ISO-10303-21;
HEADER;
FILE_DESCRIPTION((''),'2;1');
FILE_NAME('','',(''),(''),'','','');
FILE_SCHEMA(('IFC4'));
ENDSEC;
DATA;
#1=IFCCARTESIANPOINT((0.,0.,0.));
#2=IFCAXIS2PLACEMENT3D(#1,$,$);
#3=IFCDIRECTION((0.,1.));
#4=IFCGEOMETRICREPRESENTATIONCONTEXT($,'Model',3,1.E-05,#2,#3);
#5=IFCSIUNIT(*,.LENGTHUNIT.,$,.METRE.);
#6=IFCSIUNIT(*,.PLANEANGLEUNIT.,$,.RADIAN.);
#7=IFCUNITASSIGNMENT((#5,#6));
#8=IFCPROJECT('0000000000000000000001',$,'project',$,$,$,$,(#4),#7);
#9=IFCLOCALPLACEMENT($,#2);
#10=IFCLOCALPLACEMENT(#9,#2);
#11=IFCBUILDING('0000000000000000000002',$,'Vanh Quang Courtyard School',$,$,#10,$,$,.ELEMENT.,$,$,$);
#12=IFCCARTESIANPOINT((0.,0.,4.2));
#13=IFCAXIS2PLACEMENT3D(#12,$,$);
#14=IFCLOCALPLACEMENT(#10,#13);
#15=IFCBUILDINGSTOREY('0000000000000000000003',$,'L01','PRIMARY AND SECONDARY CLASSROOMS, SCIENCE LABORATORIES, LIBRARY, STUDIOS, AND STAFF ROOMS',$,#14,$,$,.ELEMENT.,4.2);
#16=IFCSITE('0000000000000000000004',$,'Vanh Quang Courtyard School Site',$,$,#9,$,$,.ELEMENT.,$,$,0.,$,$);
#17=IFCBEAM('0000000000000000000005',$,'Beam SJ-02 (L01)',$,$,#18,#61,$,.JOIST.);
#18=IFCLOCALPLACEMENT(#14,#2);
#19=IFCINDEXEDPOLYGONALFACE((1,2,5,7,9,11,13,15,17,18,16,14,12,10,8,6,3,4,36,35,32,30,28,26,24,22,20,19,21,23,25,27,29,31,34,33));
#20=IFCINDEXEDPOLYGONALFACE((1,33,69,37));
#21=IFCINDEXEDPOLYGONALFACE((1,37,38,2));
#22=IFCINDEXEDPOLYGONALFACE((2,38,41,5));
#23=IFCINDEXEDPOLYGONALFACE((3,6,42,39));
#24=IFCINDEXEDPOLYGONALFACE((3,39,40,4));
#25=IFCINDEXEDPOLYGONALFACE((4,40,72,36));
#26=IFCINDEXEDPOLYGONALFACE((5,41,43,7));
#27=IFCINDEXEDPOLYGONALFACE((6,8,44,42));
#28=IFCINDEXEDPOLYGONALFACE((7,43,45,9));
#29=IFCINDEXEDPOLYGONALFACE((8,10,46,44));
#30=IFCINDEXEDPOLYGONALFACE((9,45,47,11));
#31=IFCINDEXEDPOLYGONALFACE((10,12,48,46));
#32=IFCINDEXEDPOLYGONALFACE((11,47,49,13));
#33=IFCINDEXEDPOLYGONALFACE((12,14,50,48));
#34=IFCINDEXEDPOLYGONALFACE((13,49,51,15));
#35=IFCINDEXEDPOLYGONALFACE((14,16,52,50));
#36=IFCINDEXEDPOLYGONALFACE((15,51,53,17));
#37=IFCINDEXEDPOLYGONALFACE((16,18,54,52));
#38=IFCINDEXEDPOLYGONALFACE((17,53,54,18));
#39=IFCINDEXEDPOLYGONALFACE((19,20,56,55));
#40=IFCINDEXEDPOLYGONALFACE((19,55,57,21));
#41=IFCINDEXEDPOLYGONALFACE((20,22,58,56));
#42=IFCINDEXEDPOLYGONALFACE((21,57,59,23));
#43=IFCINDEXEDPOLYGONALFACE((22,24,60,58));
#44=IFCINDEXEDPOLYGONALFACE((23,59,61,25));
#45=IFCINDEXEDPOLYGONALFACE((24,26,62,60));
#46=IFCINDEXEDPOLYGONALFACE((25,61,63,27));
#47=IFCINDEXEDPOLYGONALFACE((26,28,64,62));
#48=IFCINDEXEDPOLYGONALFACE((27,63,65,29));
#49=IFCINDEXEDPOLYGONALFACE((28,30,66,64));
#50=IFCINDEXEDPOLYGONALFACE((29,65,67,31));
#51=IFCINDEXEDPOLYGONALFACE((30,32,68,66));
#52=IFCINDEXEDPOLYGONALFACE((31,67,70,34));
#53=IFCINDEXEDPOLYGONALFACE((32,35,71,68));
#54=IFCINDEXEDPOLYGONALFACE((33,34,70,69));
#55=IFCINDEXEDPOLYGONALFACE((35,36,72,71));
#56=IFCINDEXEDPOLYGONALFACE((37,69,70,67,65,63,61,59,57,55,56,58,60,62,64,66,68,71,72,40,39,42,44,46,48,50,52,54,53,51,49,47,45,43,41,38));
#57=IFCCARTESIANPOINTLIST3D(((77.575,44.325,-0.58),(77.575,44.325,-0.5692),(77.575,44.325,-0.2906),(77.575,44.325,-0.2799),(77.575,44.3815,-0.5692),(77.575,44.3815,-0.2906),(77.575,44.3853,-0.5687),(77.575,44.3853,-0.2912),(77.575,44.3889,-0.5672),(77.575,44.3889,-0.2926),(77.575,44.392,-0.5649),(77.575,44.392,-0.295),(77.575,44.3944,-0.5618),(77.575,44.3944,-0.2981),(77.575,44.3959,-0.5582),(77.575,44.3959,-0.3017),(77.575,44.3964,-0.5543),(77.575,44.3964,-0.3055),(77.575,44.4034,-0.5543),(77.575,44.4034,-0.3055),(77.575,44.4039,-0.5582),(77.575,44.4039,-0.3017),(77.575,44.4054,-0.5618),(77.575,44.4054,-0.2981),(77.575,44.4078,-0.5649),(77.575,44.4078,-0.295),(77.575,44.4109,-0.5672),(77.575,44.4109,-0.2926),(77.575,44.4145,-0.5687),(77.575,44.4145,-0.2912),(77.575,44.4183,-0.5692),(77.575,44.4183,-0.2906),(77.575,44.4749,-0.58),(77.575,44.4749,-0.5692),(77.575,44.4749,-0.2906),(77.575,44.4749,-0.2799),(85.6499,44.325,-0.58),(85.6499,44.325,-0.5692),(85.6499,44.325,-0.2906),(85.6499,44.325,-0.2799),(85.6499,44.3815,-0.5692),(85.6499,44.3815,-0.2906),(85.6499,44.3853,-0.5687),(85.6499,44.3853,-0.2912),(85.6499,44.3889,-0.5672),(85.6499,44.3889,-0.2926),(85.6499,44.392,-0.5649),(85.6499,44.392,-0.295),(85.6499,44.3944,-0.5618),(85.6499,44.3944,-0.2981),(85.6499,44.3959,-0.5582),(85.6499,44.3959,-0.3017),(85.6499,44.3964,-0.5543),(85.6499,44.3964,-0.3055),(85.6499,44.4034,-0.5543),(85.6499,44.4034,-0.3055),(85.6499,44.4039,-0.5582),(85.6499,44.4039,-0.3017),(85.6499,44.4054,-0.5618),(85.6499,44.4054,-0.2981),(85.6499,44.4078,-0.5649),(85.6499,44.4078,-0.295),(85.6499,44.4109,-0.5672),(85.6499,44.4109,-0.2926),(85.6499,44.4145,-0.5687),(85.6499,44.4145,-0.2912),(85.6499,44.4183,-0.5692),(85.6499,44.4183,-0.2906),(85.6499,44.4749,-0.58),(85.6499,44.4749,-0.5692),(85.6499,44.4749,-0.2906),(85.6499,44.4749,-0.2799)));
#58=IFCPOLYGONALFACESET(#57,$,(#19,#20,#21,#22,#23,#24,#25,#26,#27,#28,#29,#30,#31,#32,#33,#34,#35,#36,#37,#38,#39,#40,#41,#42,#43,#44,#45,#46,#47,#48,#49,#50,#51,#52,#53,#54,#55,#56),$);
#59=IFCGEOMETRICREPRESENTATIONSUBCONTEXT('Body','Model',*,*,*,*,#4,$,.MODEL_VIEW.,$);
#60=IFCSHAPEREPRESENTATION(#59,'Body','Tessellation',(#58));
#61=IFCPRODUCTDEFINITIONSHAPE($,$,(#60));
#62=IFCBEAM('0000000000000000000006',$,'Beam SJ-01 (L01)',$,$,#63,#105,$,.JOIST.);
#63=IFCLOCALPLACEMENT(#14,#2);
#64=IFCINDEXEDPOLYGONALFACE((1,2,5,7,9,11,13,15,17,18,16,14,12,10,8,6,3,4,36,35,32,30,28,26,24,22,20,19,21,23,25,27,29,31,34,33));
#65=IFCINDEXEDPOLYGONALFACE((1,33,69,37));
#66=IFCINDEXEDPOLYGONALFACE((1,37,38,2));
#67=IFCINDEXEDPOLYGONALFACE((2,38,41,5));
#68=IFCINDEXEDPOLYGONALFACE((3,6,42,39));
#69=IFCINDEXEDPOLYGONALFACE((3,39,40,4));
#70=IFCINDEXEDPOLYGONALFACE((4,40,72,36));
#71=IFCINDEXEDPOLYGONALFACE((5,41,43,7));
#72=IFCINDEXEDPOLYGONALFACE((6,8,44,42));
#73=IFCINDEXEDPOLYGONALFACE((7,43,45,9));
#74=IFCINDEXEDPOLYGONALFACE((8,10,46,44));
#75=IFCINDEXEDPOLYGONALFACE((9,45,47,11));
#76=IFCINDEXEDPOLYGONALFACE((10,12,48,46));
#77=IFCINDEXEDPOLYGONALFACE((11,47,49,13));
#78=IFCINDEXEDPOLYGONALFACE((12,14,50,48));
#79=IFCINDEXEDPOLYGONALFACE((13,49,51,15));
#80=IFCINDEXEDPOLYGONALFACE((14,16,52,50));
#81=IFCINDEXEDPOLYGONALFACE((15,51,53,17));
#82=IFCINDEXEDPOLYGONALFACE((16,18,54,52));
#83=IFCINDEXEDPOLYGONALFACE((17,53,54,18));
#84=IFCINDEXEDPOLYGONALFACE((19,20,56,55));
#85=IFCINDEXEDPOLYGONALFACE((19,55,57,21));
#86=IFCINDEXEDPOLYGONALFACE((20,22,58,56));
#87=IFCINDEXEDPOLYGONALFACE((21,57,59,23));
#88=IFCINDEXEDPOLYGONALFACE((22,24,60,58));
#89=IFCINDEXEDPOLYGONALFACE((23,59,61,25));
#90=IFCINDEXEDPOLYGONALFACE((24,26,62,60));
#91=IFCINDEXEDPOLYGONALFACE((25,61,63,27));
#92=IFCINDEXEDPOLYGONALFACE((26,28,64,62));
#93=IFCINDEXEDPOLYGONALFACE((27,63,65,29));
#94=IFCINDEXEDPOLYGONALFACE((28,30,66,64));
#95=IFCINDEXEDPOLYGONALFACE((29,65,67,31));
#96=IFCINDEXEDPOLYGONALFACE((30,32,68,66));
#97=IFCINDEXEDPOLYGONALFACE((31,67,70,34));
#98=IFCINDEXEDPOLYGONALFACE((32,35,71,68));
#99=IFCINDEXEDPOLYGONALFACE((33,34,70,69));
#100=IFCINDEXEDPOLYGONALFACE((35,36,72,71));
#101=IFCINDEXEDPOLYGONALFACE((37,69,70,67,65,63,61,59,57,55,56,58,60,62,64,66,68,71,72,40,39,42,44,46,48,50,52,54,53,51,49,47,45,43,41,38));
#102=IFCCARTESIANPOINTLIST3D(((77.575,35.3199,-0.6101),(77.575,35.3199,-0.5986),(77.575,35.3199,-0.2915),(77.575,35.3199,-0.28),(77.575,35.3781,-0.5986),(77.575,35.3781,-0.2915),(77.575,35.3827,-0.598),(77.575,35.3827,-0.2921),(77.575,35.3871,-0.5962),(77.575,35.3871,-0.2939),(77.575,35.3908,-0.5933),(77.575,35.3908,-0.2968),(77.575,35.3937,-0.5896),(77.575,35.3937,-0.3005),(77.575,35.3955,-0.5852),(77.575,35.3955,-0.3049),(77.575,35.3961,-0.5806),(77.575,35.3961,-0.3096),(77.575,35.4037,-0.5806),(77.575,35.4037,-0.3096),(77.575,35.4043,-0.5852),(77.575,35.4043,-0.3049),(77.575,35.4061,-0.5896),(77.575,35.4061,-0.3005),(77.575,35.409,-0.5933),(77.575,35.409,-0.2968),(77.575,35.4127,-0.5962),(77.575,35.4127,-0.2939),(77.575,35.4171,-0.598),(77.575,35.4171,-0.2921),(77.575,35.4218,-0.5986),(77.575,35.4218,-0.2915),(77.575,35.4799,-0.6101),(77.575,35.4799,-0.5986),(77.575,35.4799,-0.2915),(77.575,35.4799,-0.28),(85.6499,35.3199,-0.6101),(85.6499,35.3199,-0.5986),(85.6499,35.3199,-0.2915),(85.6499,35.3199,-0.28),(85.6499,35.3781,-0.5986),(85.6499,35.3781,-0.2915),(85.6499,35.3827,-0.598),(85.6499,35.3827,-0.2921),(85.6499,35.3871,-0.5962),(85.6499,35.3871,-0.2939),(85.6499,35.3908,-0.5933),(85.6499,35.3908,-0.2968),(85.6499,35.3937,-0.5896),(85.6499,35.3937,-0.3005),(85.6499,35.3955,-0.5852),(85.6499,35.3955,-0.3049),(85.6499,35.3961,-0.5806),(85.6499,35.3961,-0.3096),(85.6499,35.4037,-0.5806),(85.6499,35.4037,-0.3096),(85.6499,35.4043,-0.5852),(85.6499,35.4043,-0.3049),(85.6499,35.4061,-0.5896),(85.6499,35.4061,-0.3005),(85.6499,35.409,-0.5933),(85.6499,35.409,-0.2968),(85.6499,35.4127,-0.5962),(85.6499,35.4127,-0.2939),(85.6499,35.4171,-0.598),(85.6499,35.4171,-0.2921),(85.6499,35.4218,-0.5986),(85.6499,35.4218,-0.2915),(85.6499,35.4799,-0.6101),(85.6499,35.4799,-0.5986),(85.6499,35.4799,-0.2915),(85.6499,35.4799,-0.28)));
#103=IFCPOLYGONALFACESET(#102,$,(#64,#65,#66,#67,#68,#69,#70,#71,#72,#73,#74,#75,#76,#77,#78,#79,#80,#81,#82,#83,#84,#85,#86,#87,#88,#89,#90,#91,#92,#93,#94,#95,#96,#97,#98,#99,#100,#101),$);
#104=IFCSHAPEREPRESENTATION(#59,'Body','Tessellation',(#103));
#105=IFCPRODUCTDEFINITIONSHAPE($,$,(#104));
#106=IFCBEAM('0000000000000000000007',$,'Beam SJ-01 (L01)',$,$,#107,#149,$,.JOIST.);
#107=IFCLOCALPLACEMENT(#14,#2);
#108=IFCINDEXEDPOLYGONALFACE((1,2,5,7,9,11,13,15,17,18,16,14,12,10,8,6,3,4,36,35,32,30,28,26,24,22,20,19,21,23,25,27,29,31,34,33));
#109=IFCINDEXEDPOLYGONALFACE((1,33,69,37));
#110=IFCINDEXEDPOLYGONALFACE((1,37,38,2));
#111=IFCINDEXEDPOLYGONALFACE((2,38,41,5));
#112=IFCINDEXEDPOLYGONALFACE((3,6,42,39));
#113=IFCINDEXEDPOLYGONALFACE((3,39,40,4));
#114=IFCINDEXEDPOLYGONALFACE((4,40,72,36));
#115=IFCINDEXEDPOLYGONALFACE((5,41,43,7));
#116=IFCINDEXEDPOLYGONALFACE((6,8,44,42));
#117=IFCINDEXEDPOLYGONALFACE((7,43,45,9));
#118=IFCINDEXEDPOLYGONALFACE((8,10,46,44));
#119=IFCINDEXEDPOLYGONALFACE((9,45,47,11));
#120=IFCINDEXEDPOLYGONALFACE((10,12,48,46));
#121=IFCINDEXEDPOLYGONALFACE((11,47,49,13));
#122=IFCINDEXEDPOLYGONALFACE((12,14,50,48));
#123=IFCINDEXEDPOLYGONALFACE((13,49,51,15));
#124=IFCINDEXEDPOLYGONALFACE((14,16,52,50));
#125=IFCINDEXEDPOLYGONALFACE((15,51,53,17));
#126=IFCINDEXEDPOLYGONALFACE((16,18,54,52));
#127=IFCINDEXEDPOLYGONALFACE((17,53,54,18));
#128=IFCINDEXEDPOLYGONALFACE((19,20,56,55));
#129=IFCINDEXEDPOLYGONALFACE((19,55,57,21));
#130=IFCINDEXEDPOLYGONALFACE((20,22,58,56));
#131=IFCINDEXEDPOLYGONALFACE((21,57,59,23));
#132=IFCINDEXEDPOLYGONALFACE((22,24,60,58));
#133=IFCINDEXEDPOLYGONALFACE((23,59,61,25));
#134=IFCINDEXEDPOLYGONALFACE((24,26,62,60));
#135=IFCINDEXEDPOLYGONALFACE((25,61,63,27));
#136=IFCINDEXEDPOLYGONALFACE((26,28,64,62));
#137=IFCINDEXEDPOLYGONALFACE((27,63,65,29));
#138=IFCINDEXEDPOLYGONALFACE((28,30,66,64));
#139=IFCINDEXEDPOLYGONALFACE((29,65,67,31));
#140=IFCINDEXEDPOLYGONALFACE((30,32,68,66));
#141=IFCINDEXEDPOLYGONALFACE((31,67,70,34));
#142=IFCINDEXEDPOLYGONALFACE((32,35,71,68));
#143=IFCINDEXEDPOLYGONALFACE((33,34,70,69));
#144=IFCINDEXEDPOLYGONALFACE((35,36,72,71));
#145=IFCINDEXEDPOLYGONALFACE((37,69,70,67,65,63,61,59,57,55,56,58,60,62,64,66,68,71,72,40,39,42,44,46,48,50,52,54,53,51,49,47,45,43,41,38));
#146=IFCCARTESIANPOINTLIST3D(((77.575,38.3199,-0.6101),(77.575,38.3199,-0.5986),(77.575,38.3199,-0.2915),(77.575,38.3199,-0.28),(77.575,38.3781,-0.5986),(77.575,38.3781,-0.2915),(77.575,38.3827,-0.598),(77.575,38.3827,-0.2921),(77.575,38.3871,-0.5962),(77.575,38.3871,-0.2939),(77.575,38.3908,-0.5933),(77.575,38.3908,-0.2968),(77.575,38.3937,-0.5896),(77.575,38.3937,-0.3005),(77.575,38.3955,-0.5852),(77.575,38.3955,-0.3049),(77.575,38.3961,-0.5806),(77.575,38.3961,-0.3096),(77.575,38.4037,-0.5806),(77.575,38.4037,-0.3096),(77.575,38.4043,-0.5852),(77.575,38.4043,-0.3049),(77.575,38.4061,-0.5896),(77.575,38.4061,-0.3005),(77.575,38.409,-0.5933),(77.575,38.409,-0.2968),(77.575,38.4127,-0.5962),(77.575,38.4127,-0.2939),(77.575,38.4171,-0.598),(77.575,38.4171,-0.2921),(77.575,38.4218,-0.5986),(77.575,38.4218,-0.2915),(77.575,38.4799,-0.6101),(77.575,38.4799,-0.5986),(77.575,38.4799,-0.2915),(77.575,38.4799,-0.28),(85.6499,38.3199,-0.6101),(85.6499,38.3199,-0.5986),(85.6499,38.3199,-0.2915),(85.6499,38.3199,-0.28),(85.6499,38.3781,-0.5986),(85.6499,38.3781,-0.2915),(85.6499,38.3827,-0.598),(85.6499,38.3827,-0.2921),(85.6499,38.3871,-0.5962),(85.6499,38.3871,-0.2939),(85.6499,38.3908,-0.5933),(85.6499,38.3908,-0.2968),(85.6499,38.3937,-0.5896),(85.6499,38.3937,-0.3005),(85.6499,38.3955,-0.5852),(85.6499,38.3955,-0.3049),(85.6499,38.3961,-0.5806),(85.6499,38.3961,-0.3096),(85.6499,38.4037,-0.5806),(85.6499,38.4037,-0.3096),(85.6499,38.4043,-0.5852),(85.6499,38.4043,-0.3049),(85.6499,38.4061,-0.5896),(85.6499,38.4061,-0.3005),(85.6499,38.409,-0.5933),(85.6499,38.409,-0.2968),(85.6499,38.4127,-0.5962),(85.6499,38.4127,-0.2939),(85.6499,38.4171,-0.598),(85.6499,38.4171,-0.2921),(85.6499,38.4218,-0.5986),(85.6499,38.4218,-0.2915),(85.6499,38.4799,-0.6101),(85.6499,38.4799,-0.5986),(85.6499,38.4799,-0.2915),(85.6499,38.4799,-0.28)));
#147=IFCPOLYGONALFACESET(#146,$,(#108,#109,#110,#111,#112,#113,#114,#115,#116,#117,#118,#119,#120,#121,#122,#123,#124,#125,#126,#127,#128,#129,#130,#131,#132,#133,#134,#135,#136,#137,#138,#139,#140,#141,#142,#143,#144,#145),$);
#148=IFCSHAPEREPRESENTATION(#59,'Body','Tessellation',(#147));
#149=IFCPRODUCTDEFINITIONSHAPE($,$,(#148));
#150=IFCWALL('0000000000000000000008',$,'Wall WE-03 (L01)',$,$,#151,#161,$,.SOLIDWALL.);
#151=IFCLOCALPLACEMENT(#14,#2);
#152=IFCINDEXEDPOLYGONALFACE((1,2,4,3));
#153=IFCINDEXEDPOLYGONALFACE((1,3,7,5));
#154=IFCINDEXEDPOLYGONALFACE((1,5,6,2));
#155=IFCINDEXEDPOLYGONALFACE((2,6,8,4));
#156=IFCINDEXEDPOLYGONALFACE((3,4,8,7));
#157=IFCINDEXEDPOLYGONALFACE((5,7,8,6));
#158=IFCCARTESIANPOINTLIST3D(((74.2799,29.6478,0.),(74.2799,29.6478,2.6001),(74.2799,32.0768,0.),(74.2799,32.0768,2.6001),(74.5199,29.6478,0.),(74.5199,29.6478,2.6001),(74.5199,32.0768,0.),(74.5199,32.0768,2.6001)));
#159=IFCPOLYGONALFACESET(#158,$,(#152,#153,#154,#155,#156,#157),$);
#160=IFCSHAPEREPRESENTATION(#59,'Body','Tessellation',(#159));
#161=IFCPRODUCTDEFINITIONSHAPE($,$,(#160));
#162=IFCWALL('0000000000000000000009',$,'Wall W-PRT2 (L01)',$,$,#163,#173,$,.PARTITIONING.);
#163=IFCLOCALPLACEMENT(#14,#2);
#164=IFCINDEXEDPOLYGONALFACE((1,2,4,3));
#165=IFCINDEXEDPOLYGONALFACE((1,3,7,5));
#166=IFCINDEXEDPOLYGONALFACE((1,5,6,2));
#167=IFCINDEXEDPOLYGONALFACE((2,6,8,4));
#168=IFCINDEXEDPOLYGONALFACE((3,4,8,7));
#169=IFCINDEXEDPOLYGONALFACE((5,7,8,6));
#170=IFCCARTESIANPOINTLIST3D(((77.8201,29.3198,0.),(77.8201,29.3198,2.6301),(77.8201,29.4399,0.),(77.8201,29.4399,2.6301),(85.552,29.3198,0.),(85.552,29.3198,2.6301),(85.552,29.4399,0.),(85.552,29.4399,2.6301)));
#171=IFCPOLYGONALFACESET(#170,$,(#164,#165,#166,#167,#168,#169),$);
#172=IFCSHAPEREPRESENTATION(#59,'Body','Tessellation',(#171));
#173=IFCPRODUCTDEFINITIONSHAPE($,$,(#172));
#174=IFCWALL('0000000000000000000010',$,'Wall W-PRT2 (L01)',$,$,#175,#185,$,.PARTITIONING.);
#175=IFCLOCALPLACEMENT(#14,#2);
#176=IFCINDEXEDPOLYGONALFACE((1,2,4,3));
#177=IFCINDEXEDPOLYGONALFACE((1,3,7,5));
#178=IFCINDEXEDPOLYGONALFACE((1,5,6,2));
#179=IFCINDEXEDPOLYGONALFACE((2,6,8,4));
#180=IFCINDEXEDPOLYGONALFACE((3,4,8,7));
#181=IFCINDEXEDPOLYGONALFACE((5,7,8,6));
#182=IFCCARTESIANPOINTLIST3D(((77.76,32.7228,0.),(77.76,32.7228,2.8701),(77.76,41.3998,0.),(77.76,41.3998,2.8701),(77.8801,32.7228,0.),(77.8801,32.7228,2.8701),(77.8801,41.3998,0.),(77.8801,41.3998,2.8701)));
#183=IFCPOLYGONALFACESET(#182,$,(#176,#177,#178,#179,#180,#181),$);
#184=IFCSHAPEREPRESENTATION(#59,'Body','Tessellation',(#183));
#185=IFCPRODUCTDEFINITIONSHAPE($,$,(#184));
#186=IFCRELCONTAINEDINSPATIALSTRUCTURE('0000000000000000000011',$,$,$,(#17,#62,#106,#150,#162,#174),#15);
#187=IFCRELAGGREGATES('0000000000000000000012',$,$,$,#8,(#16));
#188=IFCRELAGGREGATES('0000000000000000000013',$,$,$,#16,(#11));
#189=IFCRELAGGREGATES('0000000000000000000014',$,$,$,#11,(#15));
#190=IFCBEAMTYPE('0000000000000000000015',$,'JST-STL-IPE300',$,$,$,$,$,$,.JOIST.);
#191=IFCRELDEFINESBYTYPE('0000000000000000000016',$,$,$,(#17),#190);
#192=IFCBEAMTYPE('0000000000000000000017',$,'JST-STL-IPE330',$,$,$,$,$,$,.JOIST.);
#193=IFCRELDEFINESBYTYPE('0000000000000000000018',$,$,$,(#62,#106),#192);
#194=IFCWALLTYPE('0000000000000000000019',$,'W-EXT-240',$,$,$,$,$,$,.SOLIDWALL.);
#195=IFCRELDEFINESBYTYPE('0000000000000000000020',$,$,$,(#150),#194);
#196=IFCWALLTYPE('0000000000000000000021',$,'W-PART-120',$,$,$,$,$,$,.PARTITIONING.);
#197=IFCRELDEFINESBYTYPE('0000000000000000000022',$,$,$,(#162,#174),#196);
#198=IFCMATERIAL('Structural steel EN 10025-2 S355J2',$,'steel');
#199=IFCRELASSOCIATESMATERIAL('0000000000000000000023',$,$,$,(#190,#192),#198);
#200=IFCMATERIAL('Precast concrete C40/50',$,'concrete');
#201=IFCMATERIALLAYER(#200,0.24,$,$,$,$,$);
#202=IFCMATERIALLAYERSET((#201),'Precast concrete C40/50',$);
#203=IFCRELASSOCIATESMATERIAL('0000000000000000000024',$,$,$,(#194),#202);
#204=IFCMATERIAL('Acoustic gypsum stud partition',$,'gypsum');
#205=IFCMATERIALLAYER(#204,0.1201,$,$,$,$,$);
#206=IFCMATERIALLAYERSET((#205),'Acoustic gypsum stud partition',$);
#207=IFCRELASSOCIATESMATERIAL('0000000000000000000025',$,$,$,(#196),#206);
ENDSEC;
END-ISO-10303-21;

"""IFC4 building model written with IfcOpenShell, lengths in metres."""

from ifc_helpers import new_model, si_unit, direction, frame, frame_2d, origin, origin_2d, place, context, subcontext, project, spatial, rectangle, i_section, extrude, material, layer, layer_set, material_profile, profile_set, type_object, element, save


model = new_model("IFC4")

# Units and contexts
model_context = context("Model", 3, precision=1e-05, world=origin(), true_north=direction((0.0, 1.0)))
body_context = subcontext(model_context, "Body", "Model", "MODEL_VIEW")
ifc_project = project(units=[si_unit("LENGTHUNIT", "METRE"), si_unit("PLANEANGLEUNIT", "RADIAN")], contexts=[model_context])

# Site, building, storey
site_placement = place(None, origin())
site = spatial("IfcSite", under=ifc_project, at=site_placement, Name="Vanh Quang Courtyard School Site", CompositionType="ELEMENT", RefElevation=0.0)
building_placement = place(site_placement, origin())
building = spatial("IfcBuilding", under=site, at=building_placement, Name="Vanh Quang Courtyard School", CompositionType="ELEMENT")
storey_placement = place(building_placement, frame((0.0, 0.0, 4.2)))
storey = spatial("IfcBuildingStorey", under=building, at=storey_placement, Name="L01", Description="PRIMARY AND SECONDARY CLASSROOMS, SCIENCE LABORATORIES, LIBRARY, STUDIOS, AND STAFF ROOMS", CompositionType="ELEMENT", Elevation=4.2)

# Beams
ifc_material_1 = material(Name="Structural steel EN 10025-2 S355J2", Category="steel")
ifc_material_profile_1 = material_profile(ifc_material_1, i_section(OverallWidth=0.1499, OverallDepth=0.3, WebThickness=0.0071, FlangeThickness=0.0107, FilletRadius=0.0149, at=origin_2d()), Name="IPE 300")
ifc_profile_set_1 = profile_set([ifc_material_profile_1], Name="Structural steel EN 10025-2 S355J2")
beam_type_1 = type_object("IfcBeamType", Name="JST-STL-IPE300", PredefinedType="JOIST", material=ifc_profile_set_1)
beam_1_placement = place(storey_placement, frame((77.575, 44.3999, -0.4299), z_axis=(1.0, 0.0, 0.0), x_axis=(0.0, 1.0, 0.0)))
element("IfcBeam", 1, at=beam_1_placement, inside=storey, type_object=beam_type_1, Name="Beam SJ-02 (L01)", PredefinedType="JOIST", context=body_context, shape_type="SweptSolid", body=[
    extrude(i_section(OverallWidth=0.1499, OverallDepth=0.3, WebThickness=0.0071, FlangeThickness=0.0107, FilletRadius=0.0149, at=origin_2d()), origin(), (0.0, 0.0, 1.0), 8.075),
])
ifc_material_profile_2 = material_profile(ifc_material_1, i_section(OverallWidth=0.1599, OverallDepth=0.3301, WebThickness=0.0076, FlangeThickness=0.0115, FilletRadius=0.0181, at=origin_2d()), Name="IPE 330")
ifc_profile_set_2 = profile_set([ifc_material_profile_2], Name="Structural steel EN 10025-2 S355J2")
beam_type_2 = type_object("IfcBeamType", Name="JST-STL-IPE330", PredefinedType="JOIST", material=ifc_profile_set_2)
for number, where, z_axis, x_axis, name in (
    (2, (77.575, 35.3999, -0.4451), (1.0, 0.0, 0.0), (0.0, 1.0, 0.0), "Beam SJ-01 (L01)"),
    (3, (77.575, 38.3999, -0.4451), (1.0, 0.0, 0.0), (0.0, 1.0, 0.0), "Beam SJ-01 (L01)"),
):
    element("IfcBeam", number, at=place(storey_placement, frame(where, z_axis=z_axis, x_axis=x_axis)), inside=storey, type_object=beam_type_2, Name=name, PredefinedType="JOIST", context=body_context, shape_type="SweptSolid", body=[
        extrude(i_section(OverallWidth=0.1599, OverallDepth=0.3301, WebThickness=0.0076, FlangeThickness=0.0115, FilletRadius=0.0181, at=origin_2d()), origin(), (0.0, 0.0, 1.0), 8.075),
    ])

# Walls
ifc_material_2 = material(Name="Precast concrete C40/50", Category="concrete")
ifc_layer_1 = layer(ifc_material_2, 0.24)
ifc_layer_set_1 = layer_set([ifc_layer_1], Name="Precast concrete C40/50")
wall_type_1 = type_object("IfcWallType", Name="W-EXT-240", PredefinedType="SOLIDWALL", material=ifc_layer_set_1)
wall_1_placement = place(storey_placement, frame((74.3999, 29.6479, 0.0), z_axis=(0.0, 0.0, 1.0), x_axis=(0.0, 1.0, 0.0)))
element("IfcWall", 4, at=wall_1_placement, inside=storey, type_object=wall_type_1, Name="Wall WE-03 (L01)", PredefinedType="SOLIDWALL", context=body_context, shape_type="SweptSolid", body=[
    extrude(rectangle(XDim=2.429, YDim=0.24, at=frame_2d((1.2144, 0.0))), origin(), (0.0, 0.0, 1.0), 2.6001),
])
ifc_material_3 = material(Name="Acoustic gypsum stud partition", Category="gypsum")
ifc_layer_2 = layer(ifc_material_3, 0.1201)
ifc_layer_set_2 = layer_set([ifc_layer_2], Name="Acoustic gypsum stud partition")
wall_type_2 = type_object("IfcWallType", Name="W-PART-120", PredefinedType="PARTITIONING", material=ifc_layer_set_2)
wall_2_placement = place(storey_placement, frame((77.8201, 29.3799, 0.0), z_axis=(0.0, 0.0, 1.0), x_axis=(1.0, 0.0, 0.0)))
element("IfcWall", 5, at=wall_2_placement, inside=storey, type_object=wall_type_2, Name="Wall W-PRT2 (L01)", PredefinedType="PARTITIONING", context=body_context, shape_type="SweptSolid", body=[
    extrude(rectangle(XDim=7.7319, YDim=0.1201, at=frame_2d((3.866, 0.0))), origin(), (0.0, 0.0, 1.0), 2.6301),
])
wall_3_placement = place(storey_placement, frame((77.8201, 32.7229, 0.0), z_axis=(0.0, 0.0, 1.0), x_axis=(0.0, 1.0, 0.0)))
element("IfcWall", 6, at=wall_3_placement, inside=storey, type_object=wall_type_2, Name="Wall W-PRT2 (L01)", PredefinedType="PARTITIONING", context=body_context, shape_type="SweptSolid", body=[
    extrude(rectangle(XDim=8.677, YDim=0.1201, at=frame_2d((4.3384, 0.0))), origin(), (0.0, 0.0, 1.0), 2.8701),
])

save(model, "model.ifc")
